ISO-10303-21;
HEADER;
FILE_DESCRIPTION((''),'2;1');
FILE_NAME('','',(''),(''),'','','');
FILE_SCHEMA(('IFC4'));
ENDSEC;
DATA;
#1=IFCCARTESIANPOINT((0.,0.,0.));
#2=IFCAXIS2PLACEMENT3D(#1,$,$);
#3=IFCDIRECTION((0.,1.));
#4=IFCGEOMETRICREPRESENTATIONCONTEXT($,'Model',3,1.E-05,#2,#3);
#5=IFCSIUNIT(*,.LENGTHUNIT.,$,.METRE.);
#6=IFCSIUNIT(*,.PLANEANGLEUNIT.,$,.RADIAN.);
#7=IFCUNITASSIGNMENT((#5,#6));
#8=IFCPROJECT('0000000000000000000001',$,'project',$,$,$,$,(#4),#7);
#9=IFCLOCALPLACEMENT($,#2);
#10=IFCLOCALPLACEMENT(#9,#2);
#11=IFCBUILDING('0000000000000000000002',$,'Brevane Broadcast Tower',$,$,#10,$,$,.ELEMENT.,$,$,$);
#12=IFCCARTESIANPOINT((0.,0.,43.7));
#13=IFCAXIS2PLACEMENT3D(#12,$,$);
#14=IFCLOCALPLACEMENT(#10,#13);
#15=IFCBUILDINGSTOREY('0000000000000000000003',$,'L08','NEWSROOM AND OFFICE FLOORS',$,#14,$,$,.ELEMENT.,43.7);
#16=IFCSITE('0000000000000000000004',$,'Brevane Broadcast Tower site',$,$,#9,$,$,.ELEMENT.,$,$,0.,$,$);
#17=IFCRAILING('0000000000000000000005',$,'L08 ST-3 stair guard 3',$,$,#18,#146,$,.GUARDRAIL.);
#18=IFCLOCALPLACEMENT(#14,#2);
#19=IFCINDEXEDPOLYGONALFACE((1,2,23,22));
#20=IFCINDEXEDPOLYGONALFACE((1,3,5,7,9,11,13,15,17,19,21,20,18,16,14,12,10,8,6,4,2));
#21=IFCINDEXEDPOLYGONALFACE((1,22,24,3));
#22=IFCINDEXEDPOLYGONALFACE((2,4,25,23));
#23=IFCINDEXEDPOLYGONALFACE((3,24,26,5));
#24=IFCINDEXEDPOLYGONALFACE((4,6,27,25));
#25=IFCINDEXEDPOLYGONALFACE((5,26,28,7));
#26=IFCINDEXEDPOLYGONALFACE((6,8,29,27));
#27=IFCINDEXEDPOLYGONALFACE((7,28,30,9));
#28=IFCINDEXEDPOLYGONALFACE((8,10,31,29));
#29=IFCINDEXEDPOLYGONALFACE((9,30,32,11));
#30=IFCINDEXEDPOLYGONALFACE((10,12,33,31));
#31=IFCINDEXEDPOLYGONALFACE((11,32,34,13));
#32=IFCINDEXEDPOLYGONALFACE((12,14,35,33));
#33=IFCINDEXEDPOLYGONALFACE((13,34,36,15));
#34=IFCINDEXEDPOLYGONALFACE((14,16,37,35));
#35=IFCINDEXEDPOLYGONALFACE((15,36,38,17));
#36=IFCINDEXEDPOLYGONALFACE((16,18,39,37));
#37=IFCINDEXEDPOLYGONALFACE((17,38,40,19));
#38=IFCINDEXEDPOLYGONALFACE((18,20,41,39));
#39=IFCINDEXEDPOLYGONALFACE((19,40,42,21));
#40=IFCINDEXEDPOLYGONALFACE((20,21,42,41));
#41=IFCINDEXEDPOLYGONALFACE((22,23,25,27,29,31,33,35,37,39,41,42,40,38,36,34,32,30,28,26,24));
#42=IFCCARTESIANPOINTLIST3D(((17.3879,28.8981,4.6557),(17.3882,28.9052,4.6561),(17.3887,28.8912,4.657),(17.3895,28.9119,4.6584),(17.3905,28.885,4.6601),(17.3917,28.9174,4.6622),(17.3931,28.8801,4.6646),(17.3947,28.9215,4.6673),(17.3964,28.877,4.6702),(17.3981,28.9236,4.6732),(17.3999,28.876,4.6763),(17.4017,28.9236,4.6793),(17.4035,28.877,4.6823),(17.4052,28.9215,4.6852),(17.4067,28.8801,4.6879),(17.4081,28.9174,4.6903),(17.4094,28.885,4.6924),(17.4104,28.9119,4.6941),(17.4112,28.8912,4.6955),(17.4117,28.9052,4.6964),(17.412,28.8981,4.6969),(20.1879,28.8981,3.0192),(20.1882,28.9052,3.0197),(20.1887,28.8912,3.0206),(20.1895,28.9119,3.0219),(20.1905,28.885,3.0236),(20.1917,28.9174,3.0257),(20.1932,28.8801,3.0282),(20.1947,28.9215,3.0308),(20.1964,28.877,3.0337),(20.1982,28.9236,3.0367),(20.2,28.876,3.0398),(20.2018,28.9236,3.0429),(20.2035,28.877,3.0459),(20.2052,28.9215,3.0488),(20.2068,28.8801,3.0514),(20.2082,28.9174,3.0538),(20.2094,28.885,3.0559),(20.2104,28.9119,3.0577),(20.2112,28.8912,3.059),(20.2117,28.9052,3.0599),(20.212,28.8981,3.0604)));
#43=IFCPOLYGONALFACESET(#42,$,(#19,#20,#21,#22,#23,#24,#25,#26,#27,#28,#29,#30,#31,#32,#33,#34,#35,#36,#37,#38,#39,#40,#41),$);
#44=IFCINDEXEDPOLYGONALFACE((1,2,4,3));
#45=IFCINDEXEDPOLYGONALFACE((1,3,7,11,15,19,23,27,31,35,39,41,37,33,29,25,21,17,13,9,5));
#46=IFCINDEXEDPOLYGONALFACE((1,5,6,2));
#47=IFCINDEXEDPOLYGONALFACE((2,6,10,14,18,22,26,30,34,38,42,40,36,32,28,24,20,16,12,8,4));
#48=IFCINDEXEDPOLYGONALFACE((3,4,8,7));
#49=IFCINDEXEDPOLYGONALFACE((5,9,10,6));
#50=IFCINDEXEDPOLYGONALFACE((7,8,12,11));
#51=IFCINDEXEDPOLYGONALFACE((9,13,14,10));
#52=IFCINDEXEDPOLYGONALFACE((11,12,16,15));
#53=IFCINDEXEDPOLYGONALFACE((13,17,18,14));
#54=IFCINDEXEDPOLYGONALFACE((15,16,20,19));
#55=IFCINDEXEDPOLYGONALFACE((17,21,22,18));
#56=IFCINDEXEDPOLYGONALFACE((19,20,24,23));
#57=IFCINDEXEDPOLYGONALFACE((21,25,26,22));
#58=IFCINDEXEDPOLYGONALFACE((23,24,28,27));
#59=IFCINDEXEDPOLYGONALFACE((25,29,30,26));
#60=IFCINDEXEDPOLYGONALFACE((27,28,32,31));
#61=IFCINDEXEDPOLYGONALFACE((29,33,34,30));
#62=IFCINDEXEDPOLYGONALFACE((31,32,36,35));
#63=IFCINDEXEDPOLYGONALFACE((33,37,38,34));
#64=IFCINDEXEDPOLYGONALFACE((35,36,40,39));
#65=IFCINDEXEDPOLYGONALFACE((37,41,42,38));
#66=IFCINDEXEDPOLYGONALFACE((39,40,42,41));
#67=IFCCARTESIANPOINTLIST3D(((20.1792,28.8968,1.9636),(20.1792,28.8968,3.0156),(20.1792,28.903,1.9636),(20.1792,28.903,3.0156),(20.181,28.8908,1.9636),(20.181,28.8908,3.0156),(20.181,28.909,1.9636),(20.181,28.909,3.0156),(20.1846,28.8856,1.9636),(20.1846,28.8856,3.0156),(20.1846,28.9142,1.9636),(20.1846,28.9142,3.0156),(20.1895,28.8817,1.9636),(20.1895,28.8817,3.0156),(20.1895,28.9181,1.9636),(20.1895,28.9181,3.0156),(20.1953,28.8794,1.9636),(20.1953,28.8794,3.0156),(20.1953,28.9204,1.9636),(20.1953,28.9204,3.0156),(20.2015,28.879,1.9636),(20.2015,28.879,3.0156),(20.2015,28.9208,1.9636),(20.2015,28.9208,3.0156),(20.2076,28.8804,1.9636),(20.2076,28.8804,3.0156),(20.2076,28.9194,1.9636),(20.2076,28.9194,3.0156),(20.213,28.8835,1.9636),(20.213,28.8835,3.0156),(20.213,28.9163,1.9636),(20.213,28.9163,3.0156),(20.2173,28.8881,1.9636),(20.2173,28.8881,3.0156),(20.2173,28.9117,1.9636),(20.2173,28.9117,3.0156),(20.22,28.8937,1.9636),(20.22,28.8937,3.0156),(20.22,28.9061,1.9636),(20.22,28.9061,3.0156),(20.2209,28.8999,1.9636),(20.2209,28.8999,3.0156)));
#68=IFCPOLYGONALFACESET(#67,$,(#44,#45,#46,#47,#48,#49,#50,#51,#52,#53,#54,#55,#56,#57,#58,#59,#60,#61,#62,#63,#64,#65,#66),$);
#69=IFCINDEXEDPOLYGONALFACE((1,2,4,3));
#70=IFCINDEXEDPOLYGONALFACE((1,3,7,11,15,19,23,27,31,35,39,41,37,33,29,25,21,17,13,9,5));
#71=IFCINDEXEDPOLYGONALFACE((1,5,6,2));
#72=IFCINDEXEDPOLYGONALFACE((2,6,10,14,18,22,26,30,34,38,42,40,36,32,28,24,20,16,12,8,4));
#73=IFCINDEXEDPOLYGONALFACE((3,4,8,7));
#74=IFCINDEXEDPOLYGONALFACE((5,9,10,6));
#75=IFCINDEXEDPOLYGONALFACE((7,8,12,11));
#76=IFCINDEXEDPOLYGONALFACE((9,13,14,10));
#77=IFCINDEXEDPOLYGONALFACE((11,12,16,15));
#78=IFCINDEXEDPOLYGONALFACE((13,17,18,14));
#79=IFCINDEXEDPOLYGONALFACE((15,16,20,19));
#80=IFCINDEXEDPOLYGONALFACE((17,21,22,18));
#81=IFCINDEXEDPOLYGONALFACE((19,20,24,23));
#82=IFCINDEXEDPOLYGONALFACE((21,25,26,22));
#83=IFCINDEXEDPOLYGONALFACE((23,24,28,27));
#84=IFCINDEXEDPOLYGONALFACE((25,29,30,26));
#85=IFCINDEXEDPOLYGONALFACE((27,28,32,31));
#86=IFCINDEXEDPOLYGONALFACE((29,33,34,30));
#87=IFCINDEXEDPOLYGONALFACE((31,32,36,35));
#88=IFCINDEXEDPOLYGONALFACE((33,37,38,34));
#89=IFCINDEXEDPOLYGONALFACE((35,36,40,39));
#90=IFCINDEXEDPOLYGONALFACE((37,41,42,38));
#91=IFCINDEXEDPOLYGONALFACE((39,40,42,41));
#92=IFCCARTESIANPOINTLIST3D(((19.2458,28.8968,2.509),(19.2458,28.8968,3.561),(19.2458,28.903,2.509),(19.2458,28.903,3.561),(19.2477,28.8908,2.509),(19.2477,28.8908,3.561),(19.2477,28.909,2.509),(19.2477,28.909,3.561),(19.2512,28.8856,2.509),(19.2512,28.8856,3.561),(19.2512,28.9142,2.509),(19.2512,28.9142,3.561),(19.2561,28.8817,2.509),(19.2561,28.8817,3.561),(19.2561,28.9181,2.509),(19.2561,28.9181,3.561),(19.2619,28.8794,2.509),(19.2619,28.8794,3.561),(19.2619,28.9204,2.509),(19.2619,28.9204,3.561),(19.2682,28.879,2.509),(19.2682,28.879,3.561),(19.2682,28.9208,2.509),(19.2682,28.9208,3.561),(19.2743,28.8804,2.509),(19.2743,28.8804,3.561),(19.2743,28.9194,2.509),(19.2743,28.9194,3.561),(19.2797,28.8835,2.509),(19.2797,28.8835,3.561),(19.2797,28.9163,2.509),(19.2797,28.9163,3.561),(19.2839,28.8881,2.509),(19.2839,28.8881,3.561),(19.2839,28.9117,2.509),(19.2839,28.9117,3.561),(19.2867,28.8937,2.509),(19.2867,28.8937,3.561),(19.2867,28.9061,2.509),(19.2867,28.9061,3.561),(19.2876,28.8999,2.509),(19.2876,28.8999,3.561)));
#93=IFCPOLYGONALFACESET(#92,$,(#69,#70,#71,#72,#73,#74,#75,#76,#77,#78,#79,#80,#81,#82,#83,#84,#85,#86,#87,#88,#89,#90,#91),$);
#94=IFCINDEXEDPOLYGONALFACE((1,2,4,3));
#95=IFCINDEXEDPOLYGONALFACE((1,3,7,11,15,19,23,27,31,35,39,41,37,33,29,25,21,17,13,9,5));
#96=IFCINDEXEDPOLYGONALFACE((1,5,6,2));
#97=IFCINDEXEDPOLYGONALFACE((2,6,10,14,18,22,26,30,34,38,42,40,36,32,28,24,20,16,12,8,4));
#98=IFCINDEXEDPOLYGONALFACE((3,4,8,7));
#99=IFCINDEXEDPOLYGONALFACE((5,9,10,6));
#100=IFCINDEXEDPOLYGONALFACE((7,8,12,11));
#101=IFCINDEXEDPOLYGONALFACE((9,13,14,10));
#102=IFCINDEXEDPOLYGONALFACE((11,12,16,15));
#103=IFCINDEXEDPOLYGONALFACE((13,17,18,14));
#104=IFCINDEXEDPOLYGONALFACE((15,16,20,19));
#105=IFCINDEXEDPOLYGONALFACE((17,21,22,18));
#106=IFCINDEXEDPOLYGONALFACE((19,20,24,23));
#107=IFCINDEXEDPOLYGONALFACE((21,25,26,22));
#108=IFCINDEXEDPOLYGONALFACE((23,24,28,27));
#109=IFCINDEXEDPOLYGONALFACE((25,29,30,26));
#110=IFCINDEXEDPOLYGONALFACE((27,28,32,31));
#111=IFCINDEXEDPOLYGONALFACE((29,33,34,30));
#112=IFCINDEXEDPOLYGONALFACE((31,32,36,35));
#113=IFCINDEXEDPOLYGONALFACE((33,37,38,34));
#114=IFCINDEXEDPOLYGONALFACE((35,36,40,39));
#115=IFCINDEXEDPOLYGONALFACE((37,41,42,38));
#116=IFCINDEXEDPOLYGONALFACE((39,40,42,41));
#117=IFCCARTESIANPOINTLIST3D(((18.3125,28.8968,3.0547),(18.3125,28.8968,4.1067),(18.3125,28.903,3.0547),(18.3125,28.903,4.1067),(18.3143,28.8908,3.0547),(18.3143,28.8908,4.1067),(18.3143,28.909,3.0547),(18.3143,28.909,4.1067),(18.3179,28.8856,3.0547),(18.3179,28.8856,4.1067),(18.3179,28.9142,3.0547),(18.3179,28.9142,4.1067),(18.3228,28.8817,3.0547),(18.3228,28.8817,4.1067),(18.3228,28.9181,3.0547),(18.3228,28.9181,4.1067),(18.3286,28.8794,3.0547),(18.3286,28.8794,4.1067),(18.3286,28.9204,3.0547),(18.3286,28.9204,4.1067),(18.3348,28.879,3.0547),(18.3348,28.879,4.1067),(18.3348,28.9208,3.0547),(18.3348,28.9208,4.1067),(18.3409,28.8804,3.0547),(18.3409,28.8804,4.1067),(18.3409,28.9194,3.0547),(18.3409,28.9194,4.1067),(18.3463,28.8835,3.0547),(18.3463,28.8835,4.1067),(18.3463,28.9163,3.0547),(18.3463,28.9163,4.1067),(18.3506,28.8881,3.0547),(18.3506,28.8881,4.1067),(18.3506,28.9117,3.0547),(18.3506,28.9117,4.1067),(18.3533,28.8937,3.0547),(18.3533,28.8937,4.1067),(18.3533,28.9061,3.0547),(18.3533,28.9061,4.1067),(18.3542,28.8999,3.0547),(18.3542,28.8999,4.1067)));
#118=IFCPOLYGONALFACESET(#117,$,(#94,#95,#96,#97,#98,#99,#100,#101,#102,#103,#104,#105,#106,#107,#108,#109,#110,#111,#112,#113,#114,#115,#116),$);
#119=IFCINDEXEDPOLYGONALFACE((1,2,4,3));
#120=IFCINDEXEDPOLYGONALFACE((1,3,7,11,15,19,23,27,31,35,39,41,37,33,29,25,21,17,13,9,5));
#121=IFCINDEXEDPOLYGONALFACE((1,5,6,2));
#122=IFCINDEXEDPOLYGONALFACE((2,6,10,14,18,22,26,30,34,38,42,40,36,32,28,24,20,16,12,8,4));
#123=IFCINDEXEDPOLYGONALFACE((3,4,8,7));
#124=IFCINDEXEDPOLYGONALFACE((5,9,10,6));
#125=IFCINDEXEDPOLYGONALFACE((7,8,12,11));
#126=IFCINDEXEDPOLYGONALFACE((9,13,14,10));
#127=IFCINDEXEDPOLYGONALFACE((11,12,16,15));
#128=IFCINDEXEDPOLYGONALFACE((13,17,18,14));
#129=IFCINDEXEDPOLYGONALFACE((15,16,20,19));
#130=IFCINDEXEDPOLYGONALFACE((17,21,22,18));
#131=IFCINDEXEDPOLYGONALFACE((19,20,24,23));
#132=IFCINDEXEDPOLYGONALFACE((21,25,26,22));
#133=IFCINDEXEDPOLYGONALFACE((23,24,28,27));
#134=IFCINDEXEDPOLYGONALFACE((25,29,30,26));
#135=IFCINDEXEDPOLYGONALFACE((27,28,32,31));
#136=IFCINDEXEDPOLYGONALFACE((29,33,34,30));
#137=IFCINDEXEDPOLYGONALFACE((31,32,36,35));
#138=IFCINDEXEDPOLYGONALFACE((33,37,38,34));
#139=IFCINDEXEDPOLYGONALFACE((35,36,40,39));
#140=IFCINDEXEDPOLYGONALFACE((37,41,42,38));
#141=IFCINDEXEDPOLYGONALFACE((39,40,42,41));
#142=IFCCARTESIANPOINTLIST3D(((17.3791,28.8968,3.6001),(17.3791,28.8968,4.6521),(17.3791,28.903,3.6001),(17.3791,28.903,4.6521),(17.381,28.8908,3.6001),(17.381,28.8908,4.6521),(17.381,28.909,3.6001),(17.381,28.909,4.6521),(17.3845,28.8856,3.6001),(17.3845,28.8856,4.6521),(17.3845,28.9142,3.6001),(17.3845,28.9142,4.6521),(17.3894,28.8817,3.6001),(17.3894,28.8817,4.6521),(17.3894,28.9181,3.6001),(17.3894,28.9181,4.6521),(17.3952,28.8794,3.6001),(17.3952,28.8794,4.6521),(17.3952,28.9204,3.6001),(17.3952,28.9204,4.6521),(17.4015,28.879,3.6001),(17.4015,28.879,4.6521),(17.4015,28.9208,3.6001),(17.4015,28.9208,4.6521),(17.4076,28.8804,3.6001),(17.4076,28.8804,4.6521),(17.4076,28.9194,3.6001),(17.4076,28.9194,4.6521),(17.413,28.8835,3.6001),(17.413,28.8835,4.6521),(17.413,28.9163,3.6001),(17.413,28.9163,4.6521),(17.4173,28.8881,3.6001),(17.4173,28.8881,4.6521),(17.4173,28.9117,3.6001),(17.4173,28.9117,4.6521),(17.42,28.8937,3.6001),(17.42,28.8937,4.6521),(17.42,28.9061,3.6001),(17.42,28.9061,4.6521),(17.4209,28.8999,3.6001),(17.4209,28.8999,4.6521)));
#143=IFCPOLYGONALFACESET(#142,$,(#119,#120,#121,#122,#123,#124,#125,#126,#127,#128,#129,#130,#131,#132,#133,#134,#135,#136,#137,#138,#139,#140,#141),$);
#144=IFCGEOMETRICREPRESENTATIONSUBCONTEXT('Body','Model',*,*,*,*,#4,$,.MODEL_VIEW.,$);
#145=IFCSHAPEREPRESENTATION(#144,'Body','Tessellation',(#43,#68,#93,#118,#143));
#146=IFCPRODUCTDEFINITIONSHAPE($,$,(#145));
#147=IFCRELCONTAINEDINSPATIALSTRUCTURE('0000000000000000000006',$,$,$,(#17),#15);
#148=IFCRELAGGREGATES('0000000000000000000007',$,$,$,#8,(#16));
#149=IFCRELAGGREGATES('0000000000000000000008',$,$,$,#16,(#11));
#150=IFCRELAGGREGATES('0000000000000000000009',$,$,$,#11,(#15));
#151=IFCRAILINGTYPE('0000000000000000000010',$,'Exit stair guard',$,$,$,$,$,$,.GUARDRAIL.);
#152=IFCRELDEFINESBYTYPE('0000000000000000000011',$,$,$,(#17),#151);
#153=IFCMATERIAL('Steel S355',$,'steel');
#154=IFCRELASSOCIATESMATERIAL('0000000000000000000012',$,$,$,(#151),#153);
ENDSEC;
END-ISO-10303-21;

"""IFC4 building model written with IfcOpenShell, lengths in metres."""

from ifc_helpers import new_model, si_unit, direction, frame, origin, origin_2d, place, context, subcontext, project, spatial, circle, extrude, material, type_object, element, save


model = new_model("IFC4")

# Units and contexts
model_context = context("Model", 3, precision=1e-05, world=origin(), true_north=direction((0.0, 1.0)))
body_context = subcontext(model_context, "Body", "Model", "MODEL_VIEW")
ifc_project = project(units=[si_unit("LENGTHUNIT", "METRE"), si_unit("PLANEANGLEUNIT", "RADIAN")], contexts=[model_context])

# Site, building, storey
site_placement = place(None, origin())
site = spatial("IfcSite", under=ifc_project, at=site_placement, Name="Brevane Broadcast Tower site", CompositionType="ELEMENT", RefElevation=0.0)
building_placement = place(site_placement, origin())
building = spatial("IfcBuilding", under=site, at=building_placement, Name="Brevane Broadcast Tower", CompositionType="ELEMENT")
storey_placement = place(building_placement, frame((0.0, 0.0, 43.7)))
storey = spatial("IfcBuildingStorey", under=building, at=storey_placement, Name="L08", Description="NEWSROOM AND OFFICE FLOORS", CompositionType="ELEMENT", Elevation=43.7)

# Railing
ifc_material_1 = material(Name="Steel S355", Category="steel")
railing_type_1 = type_object("IfcRailingType", Name="Exit stair guard", PredefinedType="GUARDRAIL", material=ifc_material_1)
railing_1_placement = place(storey_placement, frame((20.2, 28.8999, 1.9636)))
element("IfcRailing", 1, at=railing_1_placement, inside=storey, type_object=railing_type_1, Name="L08 ST-3 stair guard 3", PredefinedType="GUARDRAIL", context=body_context, shape_type="SweptSolid", body=[
    extrude(circle(Radius=0.0239, at=origin_2d()), frame((0.0, 0.0, 1.0762), z_axis=(-0.863361, 0.0, 0.504587), x_axis=(0.0, -1.0, 0.0)), (0.0, 0.0, 1.0), 3.2432),
    extrude(circle(Radius=0.021, at=origin_2d()), origin(), (0.0, 0.0, 1.0), 1.052),
    extrude(circle(Radius=0.021, at=origin_2d()), frame((-0.9333, 0.0, 0.5454)), (0.0, 0.0, 1.0), 1.052),
    extrude(circle(Radius=0.021, at=origin_2d()), frame((-1.8667, 0.0, 1.0911)), (0.0, 0.0, 1.0), 1.052),
    extrude(circle(Radius=0.021, at=origin_2d()), frame((-2.8, 0.0, 1.6365)), (0.0, 0.0, 1.0), 1.052),
])

save(model, "model.ifc")
